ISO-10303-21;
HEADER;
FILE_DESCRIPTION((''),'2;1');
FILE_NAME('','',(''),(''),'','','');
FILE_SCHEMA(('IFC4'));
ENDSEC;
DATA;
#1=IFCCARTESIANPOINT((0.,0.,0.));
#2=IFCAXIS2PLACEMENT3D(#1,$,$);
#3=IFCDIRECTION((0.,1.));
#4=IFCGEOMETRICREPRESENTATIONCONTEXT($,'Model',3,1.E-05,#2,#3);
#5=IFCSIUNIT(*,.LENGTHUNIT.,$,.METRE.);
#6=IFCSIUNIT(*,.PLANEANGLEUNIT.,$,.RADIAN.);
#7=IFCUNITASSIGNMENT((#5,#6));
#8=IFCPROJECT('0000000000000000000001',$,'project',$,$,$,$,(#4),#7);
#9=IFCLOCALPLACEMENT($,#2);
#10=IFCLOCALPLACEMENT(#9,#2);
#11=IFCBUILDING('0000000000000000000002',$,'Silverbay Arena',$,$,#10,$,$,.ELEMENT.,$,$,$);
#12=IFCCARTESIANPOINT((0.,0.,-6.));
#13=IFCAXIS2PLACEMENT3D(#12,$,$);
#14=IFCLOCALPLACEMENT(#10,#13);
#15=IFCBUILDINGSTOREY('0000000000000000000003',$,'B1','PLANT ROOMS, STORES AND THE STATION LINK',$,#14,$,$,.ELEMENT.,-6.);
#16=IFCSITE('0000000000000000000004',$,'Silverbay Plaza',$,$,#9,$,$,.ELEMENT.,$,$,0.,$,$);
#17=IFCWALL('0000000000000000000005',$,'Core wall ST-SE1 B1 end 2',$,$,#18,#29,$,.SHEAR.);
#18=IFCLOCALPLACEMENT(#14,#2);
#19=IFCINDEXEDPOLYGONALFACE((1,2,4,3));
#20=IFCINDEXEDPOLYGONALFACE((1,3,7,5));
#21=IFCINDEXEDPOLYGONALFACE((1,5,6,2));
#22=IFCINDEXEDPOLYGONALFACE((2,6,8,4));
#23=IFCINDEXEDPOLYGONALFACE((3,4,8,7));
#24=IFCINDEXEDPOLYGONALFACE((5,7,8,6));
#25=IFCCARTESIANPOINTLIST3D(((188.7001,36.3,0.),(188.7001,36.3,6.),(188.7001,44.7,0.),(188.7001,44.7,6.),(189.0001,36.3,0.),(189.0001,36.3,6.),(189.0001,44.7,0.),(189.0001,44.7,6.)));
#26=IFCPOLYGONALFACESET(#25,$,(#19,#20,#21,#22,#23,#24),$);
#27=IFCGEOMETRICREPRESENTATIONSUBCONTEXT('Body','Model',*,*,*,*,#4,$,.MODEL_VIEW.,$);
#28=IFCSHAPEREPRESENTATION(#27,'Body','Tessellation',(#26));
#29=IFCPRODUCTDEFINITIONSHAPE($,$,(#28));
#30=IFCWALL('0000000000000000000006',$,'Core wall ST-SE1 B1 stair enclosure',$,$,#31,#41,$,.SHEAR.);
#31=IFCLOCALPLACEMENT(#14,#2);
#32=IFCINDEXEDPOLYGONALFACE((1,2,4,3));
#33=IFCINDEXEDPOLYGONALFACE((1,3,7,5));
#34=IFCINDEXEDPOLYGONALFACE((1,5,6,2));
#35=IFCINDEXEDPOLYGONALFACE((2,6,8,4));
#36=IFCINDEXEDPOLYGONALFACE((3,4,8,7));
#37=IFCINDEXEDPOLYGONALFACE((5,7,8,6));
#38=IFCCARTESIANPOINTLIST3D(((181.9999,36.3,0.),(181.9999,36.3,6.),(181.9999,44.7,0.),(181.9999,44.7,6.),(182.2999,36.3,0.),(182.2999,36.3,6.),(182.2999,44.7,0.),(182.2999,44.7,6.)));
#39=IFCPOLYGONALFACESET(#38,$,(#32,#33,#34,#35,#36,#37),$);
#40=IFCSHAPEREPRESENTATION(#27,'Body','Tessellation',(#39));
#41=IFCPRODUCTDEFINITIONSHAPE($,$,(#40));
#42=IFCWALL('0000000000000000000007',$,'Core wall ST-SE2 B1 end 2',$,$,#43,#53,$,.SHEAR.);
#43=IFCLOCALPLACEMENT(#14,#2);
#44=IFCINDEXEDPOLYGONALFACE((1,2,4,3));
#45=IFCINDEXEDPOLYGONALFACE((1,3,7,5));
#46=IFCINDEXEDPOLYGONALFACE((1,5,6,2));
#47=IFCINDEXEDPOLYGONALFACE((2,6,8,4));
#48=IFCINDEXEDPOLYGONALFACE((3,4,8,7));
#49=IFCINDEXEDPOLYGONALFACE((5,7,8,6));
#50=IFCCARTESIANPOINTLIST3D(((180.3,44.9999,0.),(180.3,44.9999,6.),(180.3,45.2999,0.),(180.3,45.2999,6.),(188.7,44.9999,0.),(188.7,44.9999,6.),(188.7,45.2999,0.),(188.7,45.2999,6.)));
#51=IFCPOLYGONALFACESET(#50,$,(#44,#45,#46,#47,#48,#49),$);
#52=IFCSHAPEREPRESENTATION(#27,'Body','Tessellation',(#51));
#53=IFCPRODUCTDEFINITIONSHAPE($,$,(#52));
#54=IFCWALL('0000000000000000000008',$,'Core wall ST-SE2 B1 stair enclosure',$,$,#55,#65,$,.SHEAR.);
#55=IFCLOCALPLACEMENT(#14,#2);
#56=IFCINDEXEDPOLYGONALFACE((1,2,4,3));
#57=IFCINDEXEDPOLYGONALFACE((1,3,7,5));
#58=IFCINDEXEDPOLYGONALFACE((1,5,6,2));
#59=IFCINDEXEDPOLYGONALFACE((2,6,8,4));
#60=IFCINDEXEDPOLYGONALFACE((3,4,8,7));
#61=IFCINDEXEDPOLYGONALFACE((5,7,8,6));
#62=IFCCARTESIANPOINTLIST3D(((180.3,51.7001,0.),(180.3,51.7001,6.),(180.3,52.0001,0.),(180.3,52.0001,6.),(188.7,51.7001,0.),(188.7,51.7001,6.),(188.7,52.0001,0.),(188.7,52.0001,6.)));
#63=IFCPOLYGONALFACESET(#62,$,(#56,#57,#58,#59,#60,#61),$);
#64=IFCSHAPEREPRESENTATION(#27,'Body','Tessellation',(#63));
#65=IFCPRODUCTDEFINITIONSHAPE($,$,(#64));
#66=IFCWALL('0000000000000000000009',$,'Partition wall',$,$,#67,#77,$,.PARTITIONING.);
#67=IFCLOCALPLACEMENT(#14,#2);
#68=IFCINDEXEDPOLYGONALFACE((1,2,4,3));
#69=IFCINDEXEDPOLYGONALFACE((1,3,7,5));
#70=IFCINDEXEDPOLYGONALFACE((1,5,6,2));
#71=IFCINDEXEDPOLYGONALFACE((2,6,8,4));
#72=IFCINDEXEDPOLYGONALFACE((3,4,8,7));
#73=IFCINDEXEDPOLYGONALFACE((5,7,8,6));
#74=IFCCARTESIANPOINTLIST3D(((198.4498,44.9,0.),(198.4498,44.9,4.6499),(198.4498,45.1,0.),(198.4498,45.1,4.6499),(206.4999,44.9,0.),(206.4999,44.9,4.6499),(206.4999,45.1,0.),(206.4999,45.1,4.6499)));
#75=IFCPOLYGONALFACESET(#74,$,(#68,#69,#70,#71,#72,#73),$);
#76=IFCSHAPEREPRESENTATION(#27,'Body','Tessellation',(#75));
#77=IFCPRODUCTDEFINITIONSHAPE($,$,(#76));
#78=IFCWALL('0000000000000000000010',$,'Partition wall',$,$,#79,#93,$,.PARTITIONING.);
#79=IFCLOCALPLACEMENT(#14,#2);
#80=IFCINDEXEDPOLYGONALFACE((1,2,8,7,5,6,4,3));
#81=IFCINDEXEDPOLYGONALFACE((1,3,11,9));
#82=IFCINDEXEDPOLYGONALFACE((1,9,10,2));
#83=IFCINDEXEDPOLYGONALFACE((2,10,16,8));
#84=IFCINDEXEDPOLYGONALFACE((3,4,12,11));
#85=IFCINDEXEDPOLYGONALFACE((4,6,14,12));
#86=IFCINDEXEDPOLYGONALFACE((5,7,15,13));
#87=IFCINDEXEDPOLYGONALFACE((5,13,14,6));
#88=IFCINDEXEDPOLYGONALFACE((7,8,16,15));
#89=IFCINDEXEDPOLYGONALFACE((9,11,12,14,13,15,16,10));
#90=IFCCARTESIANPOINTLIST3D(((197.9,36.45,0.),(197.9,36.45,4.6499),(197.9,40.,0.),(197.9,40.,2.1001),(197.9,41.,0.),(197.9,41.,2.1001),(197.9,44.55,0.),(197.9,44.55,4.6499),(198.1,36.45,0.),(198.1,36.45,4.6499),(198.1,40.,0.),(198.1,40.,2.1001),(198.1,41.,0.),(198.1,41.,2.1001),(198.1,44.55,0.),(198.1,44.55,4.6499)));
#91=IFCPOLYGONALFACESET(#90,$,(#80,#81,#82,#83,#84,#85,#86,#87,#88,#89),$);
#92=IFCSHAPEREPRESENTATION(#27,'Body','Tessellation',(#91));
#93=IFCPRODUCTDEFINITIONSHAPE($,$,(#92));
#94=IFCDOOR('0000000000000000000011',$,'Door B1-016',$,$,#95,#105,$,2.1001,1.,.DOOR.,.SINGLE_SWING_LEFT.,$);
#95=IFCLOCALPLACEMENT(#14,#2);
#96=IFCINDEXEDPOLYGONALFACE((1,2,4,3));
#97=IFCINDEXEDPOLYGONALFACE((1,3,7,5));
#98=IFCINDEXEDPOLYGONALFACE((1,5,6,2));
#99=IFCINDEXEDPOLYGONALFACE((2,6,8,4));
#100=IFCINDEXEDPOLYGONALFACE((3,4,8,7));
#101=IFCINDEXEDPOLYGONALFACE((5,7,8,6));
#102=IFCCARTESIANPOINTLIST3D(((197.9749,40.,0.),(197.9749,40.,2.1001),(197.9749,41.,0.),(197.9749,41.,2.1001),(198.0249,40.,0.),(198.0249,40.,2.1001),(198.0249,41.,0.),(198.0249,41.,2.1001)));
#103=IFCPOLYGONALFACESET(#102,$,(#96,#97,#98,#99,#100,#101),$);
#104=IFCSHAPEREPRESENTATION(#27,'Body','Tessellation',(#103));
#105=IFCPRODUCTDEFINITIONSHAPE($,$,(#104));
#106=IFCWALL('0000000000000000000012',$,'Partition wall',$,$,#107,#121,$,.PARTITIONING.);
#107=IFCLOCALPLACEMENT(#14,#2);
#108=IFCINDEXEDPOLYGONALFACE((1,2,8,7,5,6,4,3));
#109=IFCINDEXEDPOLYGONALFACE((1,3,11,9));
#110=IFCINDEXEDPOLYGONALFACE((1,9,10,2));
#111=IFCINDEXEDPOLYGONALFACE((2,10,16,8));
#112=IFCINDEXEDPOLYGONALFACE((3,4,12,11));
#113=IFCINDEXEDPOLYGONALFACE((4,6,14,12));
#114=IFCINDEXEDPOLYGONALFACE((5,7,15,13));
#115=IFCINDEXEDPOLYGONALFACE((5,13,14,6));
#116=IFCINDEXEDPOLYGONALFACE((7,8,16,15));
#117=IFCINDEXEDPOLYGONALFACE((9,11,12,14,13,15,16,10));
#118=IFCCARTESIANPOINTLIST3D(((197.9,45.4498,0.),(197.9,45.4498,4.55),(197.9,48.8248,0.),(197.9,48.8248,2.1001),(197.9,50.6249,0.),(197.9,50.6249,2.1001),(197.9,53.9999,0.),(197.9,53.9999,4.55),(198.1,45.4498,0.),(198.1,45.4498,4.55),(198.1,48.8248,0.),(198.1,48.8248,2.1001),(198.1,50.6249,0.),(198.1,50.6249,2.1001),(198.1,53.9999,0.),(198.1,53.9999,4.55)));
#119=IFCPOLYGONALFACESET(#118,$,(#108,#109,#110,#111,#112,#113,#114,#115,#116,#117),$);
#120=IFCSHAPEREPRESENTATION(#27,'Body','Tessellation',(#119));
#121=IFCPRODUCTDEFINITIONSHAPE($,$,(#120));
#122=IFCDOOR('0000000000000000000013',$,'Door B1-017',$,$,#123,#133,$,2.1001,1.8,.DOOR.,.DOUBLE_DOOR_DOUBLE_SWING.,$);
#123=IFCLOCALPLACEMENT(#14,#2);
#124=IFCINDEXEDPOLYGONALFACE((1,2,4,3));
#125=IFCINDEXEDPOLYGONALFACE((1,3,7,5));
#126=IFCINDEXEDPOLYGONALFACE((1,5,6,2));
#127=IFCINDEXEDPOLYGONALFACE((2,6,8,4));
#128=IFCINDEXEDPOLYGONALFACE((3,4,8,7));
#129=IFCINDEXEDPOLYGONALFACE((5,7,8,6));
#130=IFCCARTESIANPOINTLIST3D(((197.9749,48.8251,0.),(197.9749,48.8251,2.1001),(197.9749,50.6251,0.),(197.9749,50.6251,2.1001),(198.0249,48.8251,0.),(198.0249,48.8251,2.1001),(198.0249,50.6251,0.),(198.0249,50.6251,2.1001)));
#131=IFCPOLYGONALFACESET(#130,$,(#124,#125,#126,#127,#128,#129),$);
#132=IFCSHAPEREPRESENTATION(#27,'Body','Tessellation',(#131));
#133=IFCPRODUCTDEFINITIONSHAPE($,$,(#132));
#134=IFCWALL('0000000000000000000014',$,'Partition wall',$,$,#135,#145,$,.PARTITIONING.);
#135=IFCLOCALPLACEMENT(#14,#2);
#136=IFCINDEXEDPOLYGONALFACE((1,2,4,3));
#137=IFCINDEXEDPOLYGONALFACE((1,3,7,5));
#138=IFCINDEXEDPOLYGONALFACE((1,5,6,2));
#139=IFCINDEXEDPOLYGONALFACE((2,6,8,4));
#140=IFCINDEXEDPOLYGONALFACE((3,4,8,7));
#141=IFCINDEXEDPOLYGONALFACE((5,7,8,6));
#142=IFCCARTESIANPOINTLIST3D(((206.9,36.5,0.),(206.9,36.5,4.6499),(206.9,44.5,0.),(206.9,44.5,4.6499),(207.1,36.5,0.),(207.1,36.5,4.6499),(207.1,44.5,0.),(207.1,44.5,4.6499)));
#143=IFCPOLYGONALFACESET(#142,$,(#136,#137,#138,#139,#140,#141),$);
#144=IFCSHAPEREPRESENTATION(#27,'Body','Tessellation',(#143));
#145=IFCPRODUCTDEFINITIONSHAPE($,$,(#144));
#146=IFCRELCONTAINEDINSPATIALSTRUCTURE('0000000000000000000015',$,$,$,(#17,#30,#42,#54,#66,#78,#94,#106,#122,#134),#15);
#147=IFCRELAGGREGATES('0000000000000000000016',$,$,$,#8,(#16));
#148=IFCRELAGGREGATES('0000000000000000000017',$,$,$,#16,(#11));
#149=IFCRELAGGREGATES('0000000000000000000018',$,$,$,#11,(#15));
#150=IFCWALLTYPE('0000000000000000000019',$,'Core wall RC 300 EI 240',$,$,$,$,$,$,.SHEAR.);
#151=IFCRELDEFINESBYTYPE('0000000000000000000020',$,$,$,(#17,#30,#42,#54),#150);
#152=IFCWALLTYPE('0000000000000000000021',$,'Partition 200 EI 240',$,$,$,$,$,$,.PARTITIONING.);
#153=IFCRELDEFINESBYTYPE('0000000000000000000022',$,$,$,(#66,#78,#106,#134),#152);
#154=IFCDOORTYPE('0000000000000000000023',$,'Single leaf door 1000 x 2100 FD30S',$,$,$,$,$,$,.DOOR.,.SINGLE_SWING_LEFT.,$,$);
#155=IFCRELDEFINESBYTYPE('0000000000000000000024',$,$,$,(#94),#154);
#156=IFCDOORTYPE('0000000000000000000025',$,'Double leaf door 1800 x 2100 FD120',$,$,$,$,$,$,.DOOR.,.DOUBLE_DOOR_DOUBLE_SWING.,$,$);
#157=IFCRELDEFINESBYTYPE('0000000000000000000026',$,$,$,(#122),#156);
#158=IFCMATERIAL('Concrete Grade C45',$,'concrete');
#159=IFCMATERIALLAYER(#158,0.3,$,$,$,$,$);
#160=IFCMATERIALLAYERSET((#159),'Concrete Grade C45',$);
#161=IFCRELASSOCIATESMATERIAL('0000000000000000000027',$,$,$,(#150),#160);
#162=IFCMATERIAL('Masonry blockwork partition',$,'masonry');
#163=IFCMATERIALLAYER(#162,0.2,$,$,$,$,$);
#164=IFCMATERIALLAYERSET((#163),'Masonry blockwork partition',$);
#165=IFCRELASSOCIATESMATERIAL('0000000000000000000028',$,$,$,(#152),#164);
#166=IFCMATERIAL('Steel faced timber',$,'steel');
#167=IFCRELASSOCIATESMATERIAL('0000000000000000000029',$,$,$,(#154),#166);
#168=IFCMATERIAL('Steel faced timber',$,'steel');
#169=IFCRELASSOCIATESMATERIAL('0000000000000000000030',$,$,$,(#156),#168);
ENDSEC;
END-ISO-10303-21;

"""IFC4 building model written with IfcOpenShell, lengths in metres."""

from ifc_helpers import new_model, si_unit, direction, frame, frame_2d, origin, place, context, subcontext, project, spatial, rectangle, extrude, material, layer, layer_set, type_object, element, fill, save


model = new_model("IFC4")

# Units and contexts
model_context = context("Model", 3, precision=1e-05, world=origin(), true_north=direction((0.0, 1.0)))
body_context = subcontext(model_context, "Body", "Model", "MODEL_VIEW")
ifc_project = project(units=[si_unit("LENGTHUNIT", "METRE"), si_unit("PLANEANGLEUNIT", "RADIAN")], contexts=[model_context])

# Site, building, storey
site_placement = place(None, origin())
site = spatial("IfcSite", under=ifc_project, at=site_placement, Name="Silverbay Plaza", CompositionType="ELEMENT", RefElevation=0.0)
building_placement = place(site_placement, origin())
building = spatial("IfcBuilding", under=site, at=building_placement, Name="Silverbay Arena", CompositionType="ELEMENT")
storey_placement = place(building_placement, frame((0.0, 0.0, -6.0)))
storey = spatial("IfcBuildingStorey", under=building, at=storey_placement, Name="B1", Description="PLANT ROOMS, STORES AND THE STATION LINK", CompositionType="ELEMENT", Elevation=-6.0)

# Shared definitions
ifc_material_1 = material(Name="Concrete Grade C45", Category="concrete")
ifc_layer_1 = layer(ifc_material_1, 0.3)
ifc_layer_set_1 = layer_set([ifc_layer_1], Name="Concrete Grade C45")
wall_type_1 = type_object("IfcWallType", Name="Core wall RC 300 EI 240", PredefinedType="SHEAR", material=ifc_layer_set_1)

# Walls
for number, where, z_axis, x_axis, name in (
    (1, (188.8501, 44.7, 0.0), (0.0, 0.0, 1.0), (0.0, -1.0, 0.0), "Core wall ST-SE1 B1 end 2"),
    (2, (182.1499, 44.7, 0.0), (0.0, 0.0, 1.0), (0.0, -1.0, 0.0), "Core wall ST-SE1 B1 stair enclosure"),
    (3, (180.3, 45.1499, 0.0), (0.0, 0.0, 1.0), (1.0, 0.0, 0.0), "Core wall ST-SE2 B1 end 2"),
    (4, (180.3, 51.8501, 0.0), (0.0, 0.0, 1.0), (1.0, 0.0, 0.0), "Core wall ST-SE2 B1 stair enclosure"),
):
    element("IfcWall", number, at=place(storey_placement, frame(where, z_axis=z_axis, x_axis=x_axis)), inside=storey, type_object=wall_type_1, Name=name, PredefinedType="SHEAR", context=body_context, shape_type="SweptSolid", body=[
        extrude(rectangle(XDim=8.3999, YDim=0.3, at=frame_2d((4.2, 0.0))), origin(), (0.0, 0.0, 1.0), 6.0),
    ])
ifc_material_2 = material(Name="Masonry blockwork partition", Category="masonry")
ifc_layer_2 = layer(ifc_material_2, 0.2)
ifc_layer_set_2 = layer_set([ifc_layer_2], Name="Masonry blockwork partition")
wall_type_2 = type_object("IfcWallType", Name="Partition 200 EI 240", PredefinedType="PARTITIONING", material=ifc_layer_set_2)
wall_1_placement = place(storey_placement, frame((198.45, 45.0, 0.0), z_axis=(0.0, 0.0, 1.0), x_axis=(1.0, 0.0, 0.0)))
element("IfcWall", 5, at=wall_1_placement, inside=storey, type_object=wall_type_2, Name="Partition wall", PredefinedType="PARTITIONING", context=body_context, shape_type="SweptSolid", body=[
    extrude(rectangle(XDim=8.05, YDim=0.2, at=frame_2d((4.0249, 0.0))), origin(), (0.0, 0.0, 1.0), 4.6499),
])

# Walls, openings, doors
wall_2_placement = place(storey_placement, frame((198.0, 36.45, 0.0), z_axis=(0.0, 0.0, 1.0), x_axis=(0.0, 1.0, 0.0)))
wall_2 = element("IfcWall", 6, at=wall_2_placement, inside=storey, type_object=wall_type_2, Name="Partition wall", PredefinedType="PARTITIONING", context=body_context, shape_type="SweptSolid", body=[
    extrude(rectangle(XDim=8.1001, YDim=0.2, at=frame_2d((4.05, 0.0))), origin(), (0.0, 0.0, 1.0), 4.6499),
])
opening_1_placement = place(wall_2_placement, frame((3.55, 0.0, 0.0)))
opening_1 = element("IfcOpeningElement", 7, at=opening_1_placement, cuts=wall_2, PredefinedType="OPENING", context=body_context, shape_type="SweptSolid", body=[
    extrude(rectangle(XDim=1.0, YDim=2.1001, at=frame_2d((0.5, 1.05))), frame((0.0, 0.1099, 0.0), z_axis=(0.0, -1.0, 0.0), x_axis=(1.0, 0.0, 0.0)), (0.0, 0.0, 1.0), 0.22),
])
ifc_material_3 = material(Name="Steel faced timber", Category="steel")
door_type_1 = type_object("IfcDoorType", Name="Single leaf door 1000 x 2100 FD30S", OperationType="SINGLE_SWING_LEFT", PredefinedType="DOOR", material=ifc_material_3)
door_1_placement = place(opening_1_placement, frame((1.0, 0.0, 0.0), z_axis=(0.0, 0.0, 1.0), x_axis=(-1.0, 0.0, 0.0)))
door_1 = element("IfcDoor", 8, at=door_1_placement, inside=storey, type_object=door_type_1, Name="Door B1-016", OperationType="SINGLE_SWING_LEFT", OverallHeight=2.1001, OverallWidth=1.0, PredefinedType="DOOR", context=body_context, shape_type="SweptSolid", body=[
    extrude(rectangle(XDim=1.0, YDim=2.1001, at=frame_2d((0.5, 1.05))), frame((0.0, 0.0249, 0.0), z_axis=(0.0, -1.0, 0.0), x_axis=(1.0, 0.0, 0.0)), (0.0, 0.0, 1.0), 0.05),
])
fill(opening_1, door_1)
wall_3_placement = place(storey_placement, frame((198.0, 45.45, 0.0), z_axis=(0.0, 0.0, 1.0), x_axis=(0.0, 1.0, 0.0)))
wall_3 = element("IfcWall", 9, at=wall_3_placement, inside=storey, type_object=wall_type_2, Name="Partition wall", PredefinedType="PARTITIONING", context=body_context, shape_type="SweptSolid", body=[
    extrude(rectangle(XDim=8.55, YDim=0.2, at=frame_2d((4.2749, 0.0))), origin(), (0.0, 0.0, 1.0), 4.55),
])
opening_2_placement = place(wall_3_placement, frame((3.375, 0.0, 0.0)))
opening_2 = element("IfcOpeningElement", 10, at=opening_2_placement, cuts=wall_3, PredefinedType="OPENING", context=body_context, shape_type="SweptSolid", body=[
    extrude(rectangle(XDim=1.8, YDim=2.1001, at=frame_2d((0.8999, 1.05))), frame((0.0, 0.1099, 0.0), z_axis=(0.0, -1.0, 0.0), x_axis=(1.0, 0.0, 0.0)), (0.0, 0.0, 1.0), 0.22),
])
ifc_material_4 = material(Name="Steel faced timber", Category="steel")
door_type_2 = type_object("IfcDoorType", Name="Double leaf door 1800 x 2100 FD120", OperationType="DOUBLE_DOOR_DOUBLE_SWING", PredefinedType="DOOR", material=ifc_material_4)
door_2_placement = place(opening_2_placement, frame((1.8, 0.0, 0.0), z_axis=(0.0, 0.0, 1.0), x_axis=(-1.0, 0.0, 0.0)))
door_2 = element("IfcDoor", 11, at=door_2_placement, inside=storey, type_object=door_type_2, Name="Door B1-017", OperationType="DOUBLE_DOOR_DOUBLE_SWING", OverallHeight=2.1001, OverallWidth=1.8, PredefinedType="DOOR", context=body_context, shape_type="SweptSolid", body=[
    extrude(rectangle(XDim=1.8, YDim=2.1001, at=frame_2d((0.8999, 1.05))), frame((0.0, 0.0249, 0.0), z_axis=(0.0, -1.0, 0.0), x_axis=(1.0, 0.0, 0.0)), (0.0, 0.0, 1.0), 0.05),
])
fill(opening_2, door_2)

# Wall
wall_4_placement = place(storey_placement, frame((207.0, 36.5, 0.0), z_axis=(0.0, 0.0, 1.0), x_axis=(0.0, 1.0, 0.0)))
element("IfcWall", 12, at=wall_4_placement, inside=storey, type_object=wall_type_2, Name="Partition wall", PredefinedType="PARTITIONING", context=body_context, shape_type="SweptSolid", body=[
    extrude(rectangle(XDim=8.0, YDim=0.2, at=frame_2d((4.0, 0.0))), origin(), (0.0, 0.0, 1.0), 4.6499),
])

save(model, "model.ifc")
